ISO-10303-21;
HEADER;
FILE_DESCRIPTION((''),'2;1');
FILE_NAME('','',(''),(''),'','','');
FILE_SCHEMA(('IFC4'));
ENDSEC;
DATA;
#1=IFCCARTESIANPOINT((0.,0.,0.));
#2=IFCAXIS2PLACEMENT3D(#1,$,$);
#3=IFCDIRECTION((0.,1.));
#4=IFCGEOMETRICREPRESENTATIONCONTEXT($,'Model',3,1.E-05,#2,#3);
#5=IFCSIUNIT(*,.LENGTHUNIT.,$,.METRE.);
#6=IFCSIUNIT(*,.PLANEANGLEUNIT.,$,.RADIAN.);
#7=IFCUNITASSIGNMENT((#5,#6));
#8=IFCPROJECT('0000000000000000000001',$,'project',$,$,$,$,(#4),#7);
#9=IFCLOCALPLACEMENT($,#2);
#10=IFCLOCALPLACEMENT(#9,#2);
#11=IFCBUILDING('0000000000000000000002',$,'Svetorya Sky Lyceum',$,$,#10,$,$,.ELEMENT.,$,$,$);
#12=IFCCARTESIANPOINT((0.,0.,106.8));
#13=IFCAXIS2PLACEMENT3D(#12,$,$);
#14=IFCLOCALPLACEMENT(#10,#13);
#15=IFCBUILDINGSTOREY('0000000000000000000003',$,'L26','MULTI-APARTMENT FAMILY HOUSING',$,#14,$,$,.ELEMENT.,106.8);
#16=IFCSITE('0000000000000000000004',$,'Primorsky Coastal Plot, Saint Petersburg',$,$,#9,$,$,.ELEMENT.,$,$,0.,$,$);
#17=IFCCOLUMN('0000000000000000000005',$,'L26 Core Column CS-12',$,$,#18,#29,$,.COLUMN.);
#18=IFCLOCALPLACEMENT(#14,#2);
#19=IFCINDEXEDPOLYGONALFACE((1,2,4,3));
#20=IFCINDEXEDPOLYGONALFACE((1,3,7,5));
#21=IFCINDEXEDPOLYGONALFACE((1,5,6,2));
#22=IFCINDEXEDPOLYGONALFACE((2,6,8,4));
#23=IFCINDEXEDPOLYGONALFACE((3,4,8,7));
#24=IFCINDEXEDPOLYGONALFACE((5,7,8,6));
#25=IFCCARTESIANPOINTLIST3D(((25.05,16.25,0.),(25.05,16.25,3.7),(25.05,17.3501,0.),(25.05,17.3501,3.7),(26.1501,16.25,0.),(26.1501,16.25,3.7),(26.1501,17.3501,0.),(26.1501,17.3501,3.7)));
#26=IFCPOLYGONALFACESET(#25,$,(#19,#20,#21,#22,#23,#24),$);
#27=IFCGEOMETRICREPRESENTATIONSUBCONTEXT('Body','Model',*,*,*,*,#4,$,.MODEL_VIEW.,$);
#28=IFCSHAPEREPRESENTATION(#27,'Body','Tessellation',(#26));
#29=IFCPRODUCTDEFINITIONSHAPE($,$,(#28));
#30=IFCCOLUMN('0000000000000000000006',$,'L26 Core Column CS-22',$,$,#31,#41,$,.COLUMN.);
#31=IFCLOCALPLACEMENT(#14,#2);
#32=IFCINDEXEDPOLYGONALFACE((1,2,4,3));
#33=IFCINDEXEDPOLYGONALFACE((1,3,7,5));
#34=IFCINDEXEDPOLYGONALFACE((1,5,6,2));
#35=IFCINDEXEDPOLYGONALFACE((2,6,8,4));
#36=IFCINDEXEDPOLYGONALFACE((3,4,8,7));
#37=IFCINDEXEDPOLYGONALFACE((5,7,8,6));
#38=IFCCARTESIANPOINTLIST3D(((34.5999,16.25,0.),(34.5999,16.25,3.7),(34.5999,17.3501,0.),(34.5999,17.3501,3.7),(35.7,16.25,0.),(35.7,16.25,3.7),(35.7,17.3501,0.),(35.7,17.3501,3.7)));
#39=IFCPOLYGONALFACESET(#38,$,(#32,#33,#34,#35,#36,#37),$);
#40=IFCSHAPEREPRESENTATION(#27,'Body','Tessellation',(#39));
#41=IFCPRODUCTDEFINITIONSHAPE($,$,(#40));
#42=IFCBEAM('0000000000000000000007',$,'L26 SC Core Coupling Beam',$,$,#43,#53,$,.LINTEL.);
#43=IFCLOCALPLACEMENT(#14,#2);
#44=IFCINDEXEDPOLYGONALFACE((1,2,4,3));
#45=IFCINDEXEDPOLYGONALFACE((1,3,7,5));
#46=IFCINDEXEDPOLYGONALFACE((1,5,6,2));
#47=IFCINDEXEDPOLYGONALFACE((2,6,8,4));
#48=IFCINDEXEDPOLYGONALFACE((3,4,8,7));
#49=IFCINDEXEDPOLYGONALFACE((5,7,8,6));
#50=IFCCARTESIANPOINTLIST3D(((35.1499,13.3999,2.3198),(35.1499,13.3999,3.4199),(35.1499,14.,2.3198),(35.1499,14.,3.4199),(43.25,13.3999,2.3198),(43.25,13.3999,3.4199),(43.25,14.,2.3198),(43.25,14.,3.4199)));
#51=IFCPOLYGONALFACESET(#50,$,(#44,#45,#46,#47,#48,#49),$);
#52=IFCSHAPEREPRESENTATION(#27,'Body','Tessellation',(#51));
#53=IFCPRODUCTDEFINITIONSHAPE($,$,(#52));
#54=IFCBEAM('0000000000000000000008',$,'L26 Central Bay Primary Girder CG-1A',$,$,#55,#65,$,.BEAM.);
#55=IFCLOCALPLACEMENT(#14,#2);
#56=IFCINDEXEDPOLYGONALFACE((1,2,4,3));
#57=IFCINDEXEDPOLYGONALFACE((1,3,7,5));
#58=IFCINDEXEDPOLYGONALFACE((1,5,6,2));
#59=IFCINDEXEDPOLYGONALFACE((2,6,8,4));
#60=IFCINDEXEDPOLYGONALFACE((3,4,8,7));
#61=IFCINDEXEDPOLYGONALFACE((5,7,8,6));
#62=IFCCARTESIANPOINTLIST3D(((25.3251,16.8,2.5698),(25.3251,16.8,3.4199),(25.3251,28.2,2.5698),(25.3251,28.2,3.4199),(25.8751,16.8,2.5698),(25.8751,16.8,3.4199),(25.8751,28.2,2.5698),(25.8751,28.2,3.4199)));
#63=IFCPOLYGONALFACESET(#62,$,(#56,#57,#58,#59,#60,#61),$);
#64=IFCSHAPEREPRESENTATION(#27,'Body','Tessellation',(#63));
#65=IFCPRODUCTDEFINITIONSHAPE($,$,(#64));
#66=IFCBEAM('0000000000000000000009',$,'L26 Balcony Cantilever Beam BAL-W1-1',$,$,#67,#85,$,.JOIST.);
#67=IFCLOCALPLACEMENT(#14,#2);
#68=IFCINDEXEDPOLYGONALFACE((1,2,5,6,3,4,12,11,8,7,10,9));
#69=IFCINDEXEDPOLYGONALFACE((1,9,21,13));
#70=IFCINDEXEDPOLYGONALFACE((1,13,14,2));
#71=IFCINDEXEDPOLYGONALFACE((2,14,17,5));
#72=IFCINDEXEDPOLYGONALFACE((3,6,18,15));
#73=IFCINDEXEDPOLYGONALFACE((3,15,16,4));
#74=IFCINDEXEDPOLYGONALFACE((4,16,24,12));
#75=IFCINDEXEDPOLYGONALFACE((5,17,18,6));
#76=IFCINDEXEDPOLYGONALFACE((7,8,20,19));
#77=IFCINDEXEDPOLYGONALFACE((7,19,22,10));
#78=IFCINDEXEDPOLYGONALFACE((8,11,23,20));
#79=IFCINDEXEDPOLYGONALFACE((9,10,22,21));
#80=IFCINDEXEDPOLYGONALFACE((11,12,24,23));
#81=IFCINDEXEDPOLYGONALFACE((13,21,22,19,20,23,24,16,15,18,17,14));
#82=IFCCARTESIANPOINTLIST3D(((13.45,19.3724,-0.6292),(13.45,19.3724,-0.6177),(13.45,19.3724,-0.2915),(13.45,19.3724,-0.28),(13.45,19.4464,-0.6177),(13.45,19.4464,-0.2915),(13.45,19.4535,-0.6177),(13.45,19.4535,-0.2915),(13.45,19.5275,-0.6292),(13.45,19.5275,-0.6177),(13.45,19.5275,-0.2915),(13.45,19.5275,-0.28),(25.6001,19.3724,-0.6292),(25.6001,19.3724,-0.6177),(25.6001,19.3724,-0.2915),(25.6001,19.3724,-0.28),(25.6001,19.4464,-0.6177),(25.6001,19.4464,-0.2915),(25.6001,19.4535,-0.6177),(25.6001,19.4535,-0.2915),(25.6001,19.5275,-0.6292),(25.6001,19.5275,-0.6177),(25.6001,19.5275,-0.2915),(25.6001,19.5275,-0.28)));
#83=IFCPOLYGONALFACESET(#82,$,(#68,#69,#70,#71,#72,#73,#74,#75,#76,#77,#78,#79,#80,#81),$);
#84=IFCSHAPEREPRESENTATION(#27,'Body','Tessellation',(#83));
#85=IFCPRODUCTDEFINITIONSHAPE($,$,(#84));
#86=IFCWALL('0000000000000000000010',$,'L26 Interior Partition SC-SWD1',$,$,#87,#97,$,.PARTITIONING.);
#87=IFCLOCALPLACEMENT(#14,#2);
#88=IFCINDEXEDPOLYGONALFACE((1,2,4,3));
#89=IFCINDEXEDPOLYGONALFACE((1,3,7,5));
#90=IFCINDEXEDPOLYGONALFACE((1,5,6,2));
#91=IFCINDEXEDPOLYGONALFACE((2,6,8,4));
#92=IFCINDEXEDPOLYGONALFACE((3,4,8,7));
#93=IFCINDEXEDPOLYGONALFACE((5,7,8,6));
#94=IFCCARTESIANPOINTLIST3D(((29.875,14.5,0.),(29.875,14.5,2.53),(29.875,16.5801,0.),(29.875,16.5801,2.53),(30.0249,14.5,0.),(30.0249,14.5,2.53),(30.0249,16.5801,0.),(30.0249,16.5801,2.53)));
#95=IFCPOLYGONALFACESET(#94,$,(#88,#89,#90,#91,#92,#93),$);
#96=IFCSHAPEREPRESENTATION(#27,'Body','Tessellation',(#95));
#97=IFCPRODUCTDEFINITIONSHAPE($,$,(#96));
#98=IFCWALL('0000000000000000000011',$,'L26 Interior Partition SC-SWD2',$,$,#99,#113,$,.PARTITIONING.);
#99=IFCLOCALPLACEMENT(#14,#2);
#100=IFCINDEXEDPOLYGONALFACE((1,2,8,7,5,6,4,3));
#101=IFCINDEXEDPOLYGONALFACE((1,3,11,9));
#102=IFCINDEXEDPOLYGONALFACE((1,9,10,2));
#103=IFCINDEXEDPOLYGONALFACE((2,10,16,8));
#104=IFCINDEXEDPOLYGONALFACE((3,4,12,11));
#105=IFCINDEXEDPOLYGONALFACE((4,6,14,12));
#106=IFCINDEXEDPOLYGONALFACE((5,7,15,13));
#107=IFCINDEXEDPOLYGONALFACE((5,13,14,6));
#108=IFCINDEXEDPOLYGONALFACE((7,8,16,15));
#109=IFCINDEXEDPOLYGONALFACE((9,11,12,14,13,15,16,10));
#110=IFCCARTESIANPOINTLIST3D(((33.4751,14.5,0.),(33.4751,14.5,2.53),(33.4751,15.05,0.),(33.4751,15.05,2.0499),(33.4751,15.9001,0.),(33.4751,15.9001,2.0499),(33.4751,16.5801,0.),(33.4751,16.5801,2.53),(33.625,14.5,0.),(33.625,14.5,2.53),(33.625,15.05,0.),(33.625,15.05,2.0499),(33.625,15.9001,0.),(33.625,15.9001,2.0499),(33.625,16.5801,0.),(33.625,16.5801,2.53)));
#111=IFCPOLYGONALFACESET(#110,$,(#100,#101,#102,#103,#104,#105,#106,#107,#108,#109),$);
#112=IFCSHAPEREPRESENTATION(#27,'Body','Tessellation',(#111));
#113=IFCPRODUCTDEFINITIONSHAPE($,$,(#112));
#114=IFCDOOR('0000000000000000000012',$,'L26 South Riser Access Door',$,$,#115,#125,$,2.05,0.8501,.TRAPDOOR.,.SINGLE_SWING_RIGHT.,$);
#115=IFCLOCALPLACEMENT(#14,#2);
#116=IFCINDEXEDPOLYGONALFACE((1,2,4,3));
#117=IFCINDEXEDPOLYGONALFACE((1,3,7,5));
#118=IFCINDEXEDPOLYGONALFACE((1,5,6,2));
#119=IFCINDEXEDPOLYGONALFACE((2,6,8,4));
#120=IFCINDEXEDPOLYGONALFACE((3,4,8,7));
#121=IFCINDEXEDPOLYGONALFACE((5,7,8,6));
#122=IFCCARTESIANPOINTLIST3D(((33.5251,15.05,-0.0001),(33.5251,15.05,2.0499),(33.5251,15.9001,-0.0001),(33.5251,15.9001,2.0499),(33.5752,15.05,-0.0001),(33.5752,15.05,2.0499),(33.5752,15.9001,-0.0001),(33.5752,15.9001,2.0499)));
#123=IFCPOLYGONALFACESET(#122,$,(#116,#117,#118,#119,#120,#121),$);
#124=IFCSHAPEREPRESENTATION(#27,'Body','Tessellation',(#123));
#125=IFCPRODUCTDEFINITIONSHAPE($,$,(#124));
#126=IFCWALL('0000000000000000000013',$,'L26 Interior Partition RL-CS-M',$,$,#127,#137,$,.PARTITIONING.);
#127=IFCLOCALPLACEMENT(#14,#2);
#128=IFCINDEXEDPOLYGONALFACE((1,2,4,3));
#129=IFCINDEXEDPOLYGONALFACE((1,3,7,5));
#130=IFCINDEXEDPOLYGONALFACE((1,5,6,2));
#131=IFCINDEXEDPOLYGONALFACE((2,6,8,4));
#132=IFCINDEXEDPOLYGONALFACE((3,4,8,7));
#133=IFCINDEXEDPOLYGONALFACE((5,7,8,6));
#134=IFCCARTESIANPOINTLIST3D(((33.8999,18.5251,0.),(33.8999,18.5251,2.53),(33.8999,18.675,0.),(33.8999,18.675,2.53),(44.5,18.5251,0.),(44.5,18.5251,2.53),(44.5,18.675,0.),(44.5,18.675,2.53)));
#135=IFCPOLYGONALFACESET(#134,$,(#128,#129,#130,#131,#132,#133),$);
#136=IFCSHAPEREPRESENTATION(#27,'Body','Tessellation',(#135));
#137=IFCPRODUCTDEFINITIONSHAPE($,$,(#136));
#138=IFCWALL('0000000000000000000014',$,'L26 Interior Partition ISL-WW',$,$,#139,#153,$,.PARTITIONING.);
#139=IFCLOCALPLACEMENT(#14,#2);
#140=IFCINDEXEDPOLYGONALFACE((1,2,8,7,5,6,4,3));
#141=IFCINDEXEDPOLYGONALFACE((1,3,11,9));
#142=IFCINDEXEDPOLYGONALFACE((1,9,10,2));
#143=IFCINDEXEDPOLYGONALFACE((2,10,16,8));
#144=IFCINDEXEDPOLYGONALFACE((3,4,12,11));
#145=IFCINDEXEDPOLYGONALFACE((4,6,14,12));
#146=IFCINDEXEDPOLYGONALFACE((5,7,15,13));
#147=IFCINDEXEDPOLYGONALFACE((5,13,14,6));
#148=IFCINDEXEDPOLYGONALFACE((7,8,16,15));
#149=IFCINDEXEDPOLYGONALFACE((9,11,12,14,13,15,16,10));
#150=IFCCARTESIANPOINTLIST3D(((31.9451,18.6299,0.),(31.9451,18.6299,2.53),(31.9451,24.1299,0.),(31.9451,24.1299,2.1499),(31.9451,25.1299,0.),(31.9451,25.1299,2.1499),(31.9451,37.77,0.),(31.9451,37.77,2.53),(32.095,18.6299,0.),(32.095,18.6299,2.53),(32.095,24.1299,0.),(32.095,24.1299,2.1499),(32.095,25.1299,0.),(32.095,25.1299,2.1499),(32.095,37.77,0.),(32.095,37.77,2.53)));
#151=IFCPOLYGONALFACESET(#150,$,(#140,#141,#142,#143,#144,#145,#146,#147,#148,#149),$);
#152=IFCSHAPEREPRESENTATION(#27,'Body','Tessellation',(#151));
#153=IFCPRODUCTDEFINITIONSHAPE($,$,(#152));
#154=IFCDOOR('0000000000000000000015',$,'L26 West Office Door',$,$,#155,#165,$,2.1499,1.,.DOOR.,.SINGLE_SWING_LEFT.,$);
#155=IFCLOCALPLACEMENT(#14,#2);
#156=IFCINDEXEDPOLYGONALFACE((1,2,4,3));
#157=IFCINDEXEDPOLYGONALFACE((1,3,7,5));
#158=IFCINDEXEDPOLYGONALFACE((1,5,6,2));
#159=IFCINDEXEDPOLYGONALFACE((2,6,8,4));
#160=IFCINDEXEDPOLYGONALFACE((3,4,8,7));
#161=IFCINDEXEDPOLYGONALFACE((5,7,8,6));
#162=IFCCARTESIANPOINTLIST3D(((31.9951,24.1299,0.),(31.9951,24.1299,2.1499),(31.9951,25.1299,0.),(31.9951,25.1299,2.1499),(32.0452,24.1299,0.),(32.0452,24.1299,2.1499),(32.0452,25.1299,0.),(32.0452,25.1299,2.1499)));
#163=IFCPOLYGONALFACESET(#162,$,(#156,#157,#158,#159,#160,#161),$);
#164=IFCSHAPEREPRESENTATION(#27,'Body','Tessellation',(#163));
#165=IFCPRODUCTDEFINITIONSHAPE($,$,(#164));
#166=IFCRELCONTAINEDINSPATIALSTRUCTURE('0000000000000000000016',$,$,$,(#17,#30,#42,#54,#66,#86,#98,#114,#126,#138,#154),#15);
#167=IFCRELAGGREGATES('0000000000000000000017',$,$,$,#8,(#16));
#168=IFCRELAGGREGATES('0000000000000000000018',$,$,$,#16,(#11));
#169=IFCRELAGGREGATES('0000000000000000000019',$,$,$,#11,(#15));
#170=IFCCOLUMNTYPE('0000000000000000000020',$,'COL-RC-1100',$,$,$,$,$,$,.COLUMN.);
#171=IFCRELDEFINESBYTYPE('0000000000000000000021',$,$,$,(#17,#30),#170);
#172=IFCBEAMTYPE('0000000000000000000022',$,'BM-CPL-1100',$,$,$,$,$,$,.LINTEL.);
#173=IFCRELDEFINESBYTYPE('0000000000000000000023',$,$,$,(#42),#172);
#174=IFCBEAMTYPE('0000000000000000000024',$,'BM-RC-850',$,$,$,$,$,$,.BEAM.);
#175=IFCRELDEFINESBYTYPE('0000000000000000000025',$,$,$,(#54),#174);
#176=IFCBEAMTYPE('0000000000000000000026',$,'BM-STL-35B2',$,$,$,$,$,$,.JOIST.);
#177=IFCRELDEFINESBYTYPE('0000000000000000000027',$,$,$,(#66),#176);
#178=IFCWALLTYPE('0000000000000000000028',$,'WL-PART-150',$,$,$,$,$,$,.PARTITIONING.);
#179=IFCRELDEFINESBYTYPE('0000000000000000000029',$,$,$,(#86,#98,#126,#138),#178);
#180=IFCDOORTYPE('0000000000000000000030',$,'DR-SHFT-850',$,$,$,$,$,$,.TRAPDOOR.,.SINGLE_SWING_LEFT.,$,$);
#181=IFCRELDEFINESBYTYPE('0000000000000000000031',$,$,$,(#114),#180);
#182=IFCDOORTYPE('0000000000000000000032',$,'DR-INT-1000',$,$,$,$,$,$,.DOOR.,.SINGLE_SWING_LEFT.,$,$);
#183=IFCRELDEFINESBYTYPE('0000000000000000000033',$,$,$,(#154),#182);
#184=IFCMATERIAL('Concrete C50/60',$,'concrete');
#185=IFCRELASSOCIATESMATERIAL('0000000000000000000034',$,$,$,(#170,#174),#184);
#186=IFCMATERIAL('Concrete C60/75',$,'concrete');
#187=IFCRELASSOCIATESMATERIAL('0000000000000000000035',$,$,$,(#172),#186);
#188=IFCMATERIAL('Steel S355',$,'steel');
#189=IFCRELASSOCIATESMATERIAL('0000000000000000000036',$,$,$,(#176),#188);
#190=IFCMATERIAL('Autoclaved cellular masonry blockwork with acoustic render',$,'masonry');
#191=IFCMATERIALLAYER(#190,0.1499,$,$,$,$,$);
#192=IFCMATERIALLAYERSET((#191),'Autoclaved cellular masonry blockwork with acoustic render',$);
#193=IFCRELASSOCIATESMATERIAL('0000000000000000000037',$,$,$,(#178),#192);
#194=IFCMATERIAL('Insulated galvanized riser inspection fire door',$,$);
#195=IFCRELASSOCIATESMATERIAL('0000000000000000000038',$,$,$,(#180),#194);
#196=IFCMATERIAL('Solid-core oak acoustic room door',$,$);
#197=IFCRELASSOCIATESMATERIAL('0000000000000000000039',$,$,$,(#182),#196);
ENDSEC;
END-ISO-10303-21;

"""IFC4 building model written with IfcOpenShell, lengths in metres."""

from ifc_helpers import new_model, si_unit, direction, frame, frame_2d, origin, origin_2d, place, context, subcontext, project, spatial, rectangle, i_section, extrude, material, layer, layer_set, material_profile, profile_set, type_object, element, fill, save


model = new_model("IFC4")

# Units and contexts
model_context = context("Model", 3, precision=1e-05, world=origin(), true_north=direction((0.0, 1.0)))
body_context = subcontext(model_context, "Body", "Model", "MODEL_VIEW")
ifc_project = project(units=[si_unit("LENGTHUNIT", "METRE"), si_unit("PLANEANGLEUNIT", "RADIAN")], contexts=[model_context])

# Site, building, storey
site_placement = place(None, origin())
site = spatial("IfcSite", under=ifc_project, at=site_placement, Name="Primorsky Coastal Plot, Saint Petersburg", CompositionType="ELEMENT", RefElevation=0.0)
building_placement = place(site_placement, origin())
building = spatial("IfcBuilding", under=site, at=building_placement, Name="Svetorya Sky Lyceum", CompositionType="ELEMENT")
storey_placement = place(building_placement, frame((0.0, 0.0, 106.8)))
storey = spatial("IfcBuildingStorey", under=building, at=storey_placement, Name="L26", Description="MULTI-APARTMENT FAMILY HOUSING", CompositionType="ELEMENT", Elevation=106.8)

# Columns
ifc_material_1 = material(Name="Concrete C50/60", Category="concrete")
ifc_material_profile_1 = material_profile(ifc_material_1, rectangle(XDim=1.1001, YDim=1.1001, at=origin_2d()), Name="RC COL 1100x1100")
ifc_profile_set_1 = profile_set([ifc_material_profile_1], Name="Concrete C50/60")
column_type = type_object("IfcColumnType", Name="COL-RC-1100", PredefinedType="COLUMN", material=ifc_profile_set_1)
for number, where, z_axis, x_axis, name in (
    (1, (25.6001, 16.8, 0.0), (0.0, 0.0, 1.0), (1.0, 0.0, 0.0), "L26 Core Column CS-12"),
    (2, (35.1499, 16.8, 0.0), (0.0, 0.0, 1.0), (1.0, 0.0, 0.0), "L26 Core Column CS-22"),
):
    element("IfcColumn", number, at=place(storey_placement, frame(where, z_axis=z_axis, x_axis=x_axis)), inside=storey, type_object=column_type, Name=name, PredefinedType="COLUMN", context=body_context, shape_type="SweptSolid", body=[
        extrude(rectangle(XDim=1.1001, YDim=1.1001, at=origin_2d()), origin(), (0.0, 0.0, 1.0), 3.7),
    ])

# Beams
ifc_material_2 = material(Name="Concrete C60/75", Category="concrete")
ifc_material_profile_2 = material_profile(ifc_material_2, rectangle(XDim=0.6001, YDim=1.1001, at=origin_2d()), Name="RC COUPLING 600x1100")
ifc_profile_set_2 = profile_set([ifc_material_profile_2], Name="Concrete C60/75")
beam_type_1 = type_object("IfcBeamType", Name="BM-CPL-1100", PredefinedType="LINTEL", material=ifc_profile_set_2)
beam_1_placement = place(storey_placement, frame((35.1499, 13.7, 2.8699), z_axis=(1.0, 0.0, 0.0), x_axis=(0.0, 1.0, 0.0)))
element("IfcBeam", 3, at=beam_1_placement, inside=storey, type_object=beam_type_1, Name="L26 SC Core Coupling Beam", PredefinedType="LINTEL", context=body_context, shape_type="SweptSolid", body=[
    extrude(rectangle(XDim=0.6001, YDim=1.1001, at=origin_2d()), origin(), (0.0, 0.0, 1.0), 8.1001),
])
ifc_material_profile_3 = material_profile(ifc_material_1, rectangle(XDim=0.55, YDim=0.8501, at=origin_2d()), Name="RC BEAM 550x850")
ifc_profile_set_3 = profile_set([ifc_material_profile_3], Name="Concrete C50/60")
beam_type_2 = type_object("IfcBeamType", Name="BM-RC-850", PredefinedType="BEAM", material=ifc_profile_set_3)
beam_2_placement = place(storey_placement, frame((25.6001, 16.8, 2.9949), z_axis=(0.0, 1.0, 0.0), x_axis=(-1.0, 0.0, 0.0)))
element("IfcBeam", 4, at=beam_2_placement, inside=storey, type_object=beam_type_2, Name="L26 Central Bay Primary Girder CG-1A", PredefinedType="BEAM", context=body_context, shape_type="SweptSolid", body=[
    extrude(rectangle(XDim=0.55, YDim=0.8501, at=origin_2d()), origin(), (0.0, 0.0, 1.0), 11.3999),
])
ifc_material_3 = material(Name="Steel S355", Category="steel")
ifc_material_profile_4 = material_profile(ifc_material_3, i_section(OverallWidth=0.155, OverallDepth=0.3491, WebThickness=0.0071, FlangeThickness=0.0115, at=origin_2d()), Name="GOST 35B2")
ifc_profile_set_4 = profile_set([ifc_material_profile_4], Name="Steel S355")
beam_type_3 = type_object("IfcBeamType", Name="BM-STL-35B2", PredefinedType="JOIST", material=ifc_profile_set_4)
beam_3_placement = place(storey_placement, frame((25.6001, 19.45, -0.4546), z_axis=(-1.0, 0.0, 0.0), x_axis=(0.0, -1.0, 0.0)))
element("IfcBeam", 5, at=beam_3_placement, inside=storey, type_object=beam_type_3, Name="L26 Balcony Cantilever Beam BAL-W1-1", PredefinedType="JOIST", context=body_context, shape_type="SweptSolid", body=[
    extrude(i_section(OverallWidth=0.155, OverallDepth=0.3491, WebThickness=0.0071, FlangeThickness=0.0115, at=origin_2d()), origin(), (0.0, 0.0, 1.0), 12.1501),
])

# Wall
ifc_material_4 = material(Name="Autoclaved cellular masonry blockwork with acoustic render", Category="masonry")
ifc_layer_1 = layer(ifc_material_4, 0.1499)
ifc_layer_set_1 = layer_set([ifc_layer_1], Name="Autoclaved cellular masonry blockwork with acoustic render")
wall_type_1 = type_object("IfcWallType", Name="WL-PART-150", PredefinedType="PARTITIONING", material=ifc_layer_set_1)
wall_1_placement = place(storey_placement, frame((29.95, 14.5, 0.0), z_axis=(0.0, 0.0, 1.0), x_axis=(0.0, 1.0, 0.0)))
element("IfcWall", 6, at=wall_1_placement, inside=storey, type_object=wall_type_1, Name="L26 Interior Partition SC-SWD1", PredefinedType="PARTITIONING", context=body_context, shape_type="SweptSolid", body=[
    extrude(rectangle(XDim=2.0801, YDim=0.1499, at=frame_2d((1.04, 0.0))), origin(), (0.0, 0.0, 1.0), 2.53),
])

# Wall, opening, door
wall_2_placement = place(storey_placement, frame((33.55, 14.5, 0.0), z_axis=(0.0, 0.0, 1.0), x_axis=(0.0, 1.0, 0.0)))
wall_2 = element("IfcWall", 7, at=wall_2_placement, inside=storey, type_object=wall_type_1, Name="L26 Interior Partition SC-SWD2", PredefinedType="PARTITIONING", context=body_context, shape_type="SweptSolid", body=[
    extrude(rectangle(XDim=2.0801, YDim=0.1499, at=frame_2d((1.04, 0.0))), origin(), (0.0, 0.0, 1.0), 2.53),
])
opening_1_placement = place(wall_2_placement, frame((0.55, 0.0, 0.0)))
opening_1 = element("IfcOpeningElement", 8, at=opening_1_placement, cuts=wall_2, PredefinedType="OPENING", context=body_context, shape_type="SweptSolid", body=[
    extrude(rectangle(XDim=0.8501, YDim=2.05, at=frame_2d((0.425, 1.0249))), frame((0.0, 0.085, 0.0), z_axis=(0.0, -1.0, 0.0), x_axis=(1.0, 0.0, 0.0)), (0.0, 0.0, 1.0), 0.1699),
])
ifc_material_5 = material(Name="Insulated galvanized riser inspection fire door")
door_type_1 = type_object("IfcDoorType", Name="DR-SHFT-850", OperationType="SINGLE_SWING_LEFT", PredefinedType="TRAPDOOR", material=ifc_material_5)
door_1_placement = place(opening_1_placement, origin())
door_1 = element("IfcDoor", 9, at=door_1_placement, inside=storey, type_object=door_type_1, Name="L26 South Riser Access Door", OperationType="SINGLE_SWING_RIGHT", OverallHeight=2.05, OverallWidth=0.8501, PredefinedType="TRAPDOOR", context=body_context, shape_type="SweptSolid", body=[
    extrude(rectangle(XDim=0.8501, YDim=2.05, at=frame_2d((0.425, 1.0249))), frame((0.0, 0.0249, 0.0), z_axis=(0.0, -1.0, 0.0), x_axis=(1.0, 0.0, 0.0)), (0.0, 0.0, 1.0), 0.05),
])
fill(opening_1, door_1)

# Wall
wall_3_placement = place(storey_placement, frame((33.8999, 18.6001, 0.0), z_axis=(0.0, 0.0, 1.0), x_axis=(1.0, 0.0, 0.0)))
element("IfcWall", 10, at=wall_3_placement, inside=storey, type_object=wall_type_1, Name="L26 Interior Partition RL-CS-M", PredefinedType="PARTITIONING", context=body_context, shape_type="SweptSolid", body=[
    extrude(rectangle(XDim=10.6001, YDim=0.1499, at=frame_2d((5.3, 0.0))), origin(), (0.0, 0.0, 1.0), 2.53),
])

# Wall, opening, door
wall_4_placement = place(storey_placement, frame((32.02, 18.6299, 0.0), z_axis=(0.0, 0.0, 1.0), x_axis=(0.0, 1.0, 0.0)))
wall_4 = element("IfcWall", 11, at=wall_4_placement, inside=storey, type_object=wall_type_1, Name="L26 Interior Partition ISL-WW", PredefinedType="PARTITIONING", context=body_context, shape_type="SweptSolid", body=[
    extrude(rectangle(XDim=19.1401, YDim=0.1499, at=frame_2d((9.5701, 0.0))), origin(), (0.0, 0.0, 1.0), 2.53),
])
opening_2_placement = place(wall_4_placement, frame((5.5, 0.0, 0.0)))
opening_2 = element("IfcOpeningElement", 12, at=opening_2_placement, cuts=wall_4, PredefinedType="OPENING", context=body_context, shape_type="SweptSolid", body=[
    extrude(rectangle(XDim=1.0, YDim=2.1499, at=frame_2d((0.5, 1.075))), frame((0.0, 0.085, 0.0), z_axis=(0.0, -1.0, 0.0), x_axis=(1.0, 0.0, 0.0)), (0.0, 0.0, 1.0), 0.1699),
])
ifc_material_6 = material(Name="Solid-core oak acoustic room door")
door_type_2 = type_object("IfcDoorType", Name="DR-INT-1000", OperationType="SINGLE_SWING_LEFT", PredefinedType="DOOR", material=ifc_material_6)
door_2_placement = place(opening_2_placement, origin())
door_2 = element("IfcDoor", 13, at=door_2_placement, inside=storey, type_object=door_type_2, Name="L26 West Office Door", OperationType="SINGLE_SWING_LEFT", OverallHeight=2.1499, OverallWidth=1.0, PredefinedType="DOOR", context=body_context, shape_type="SweptSolid", body=[
    extrude(rectangle(XDim=1.0, YDim=2.1499, at=frame_2d((0.5, 1.075))), frame((0.0, 0.0249, 0.0), z_axis=(0.0, -1.0, 0.0), x_axis=(1.0, 0.0, 0.0)), (0.0, 0.0, 1.0), 0.05),
])
fill(opening_2, door_2)

save(model, "model.ifc")
